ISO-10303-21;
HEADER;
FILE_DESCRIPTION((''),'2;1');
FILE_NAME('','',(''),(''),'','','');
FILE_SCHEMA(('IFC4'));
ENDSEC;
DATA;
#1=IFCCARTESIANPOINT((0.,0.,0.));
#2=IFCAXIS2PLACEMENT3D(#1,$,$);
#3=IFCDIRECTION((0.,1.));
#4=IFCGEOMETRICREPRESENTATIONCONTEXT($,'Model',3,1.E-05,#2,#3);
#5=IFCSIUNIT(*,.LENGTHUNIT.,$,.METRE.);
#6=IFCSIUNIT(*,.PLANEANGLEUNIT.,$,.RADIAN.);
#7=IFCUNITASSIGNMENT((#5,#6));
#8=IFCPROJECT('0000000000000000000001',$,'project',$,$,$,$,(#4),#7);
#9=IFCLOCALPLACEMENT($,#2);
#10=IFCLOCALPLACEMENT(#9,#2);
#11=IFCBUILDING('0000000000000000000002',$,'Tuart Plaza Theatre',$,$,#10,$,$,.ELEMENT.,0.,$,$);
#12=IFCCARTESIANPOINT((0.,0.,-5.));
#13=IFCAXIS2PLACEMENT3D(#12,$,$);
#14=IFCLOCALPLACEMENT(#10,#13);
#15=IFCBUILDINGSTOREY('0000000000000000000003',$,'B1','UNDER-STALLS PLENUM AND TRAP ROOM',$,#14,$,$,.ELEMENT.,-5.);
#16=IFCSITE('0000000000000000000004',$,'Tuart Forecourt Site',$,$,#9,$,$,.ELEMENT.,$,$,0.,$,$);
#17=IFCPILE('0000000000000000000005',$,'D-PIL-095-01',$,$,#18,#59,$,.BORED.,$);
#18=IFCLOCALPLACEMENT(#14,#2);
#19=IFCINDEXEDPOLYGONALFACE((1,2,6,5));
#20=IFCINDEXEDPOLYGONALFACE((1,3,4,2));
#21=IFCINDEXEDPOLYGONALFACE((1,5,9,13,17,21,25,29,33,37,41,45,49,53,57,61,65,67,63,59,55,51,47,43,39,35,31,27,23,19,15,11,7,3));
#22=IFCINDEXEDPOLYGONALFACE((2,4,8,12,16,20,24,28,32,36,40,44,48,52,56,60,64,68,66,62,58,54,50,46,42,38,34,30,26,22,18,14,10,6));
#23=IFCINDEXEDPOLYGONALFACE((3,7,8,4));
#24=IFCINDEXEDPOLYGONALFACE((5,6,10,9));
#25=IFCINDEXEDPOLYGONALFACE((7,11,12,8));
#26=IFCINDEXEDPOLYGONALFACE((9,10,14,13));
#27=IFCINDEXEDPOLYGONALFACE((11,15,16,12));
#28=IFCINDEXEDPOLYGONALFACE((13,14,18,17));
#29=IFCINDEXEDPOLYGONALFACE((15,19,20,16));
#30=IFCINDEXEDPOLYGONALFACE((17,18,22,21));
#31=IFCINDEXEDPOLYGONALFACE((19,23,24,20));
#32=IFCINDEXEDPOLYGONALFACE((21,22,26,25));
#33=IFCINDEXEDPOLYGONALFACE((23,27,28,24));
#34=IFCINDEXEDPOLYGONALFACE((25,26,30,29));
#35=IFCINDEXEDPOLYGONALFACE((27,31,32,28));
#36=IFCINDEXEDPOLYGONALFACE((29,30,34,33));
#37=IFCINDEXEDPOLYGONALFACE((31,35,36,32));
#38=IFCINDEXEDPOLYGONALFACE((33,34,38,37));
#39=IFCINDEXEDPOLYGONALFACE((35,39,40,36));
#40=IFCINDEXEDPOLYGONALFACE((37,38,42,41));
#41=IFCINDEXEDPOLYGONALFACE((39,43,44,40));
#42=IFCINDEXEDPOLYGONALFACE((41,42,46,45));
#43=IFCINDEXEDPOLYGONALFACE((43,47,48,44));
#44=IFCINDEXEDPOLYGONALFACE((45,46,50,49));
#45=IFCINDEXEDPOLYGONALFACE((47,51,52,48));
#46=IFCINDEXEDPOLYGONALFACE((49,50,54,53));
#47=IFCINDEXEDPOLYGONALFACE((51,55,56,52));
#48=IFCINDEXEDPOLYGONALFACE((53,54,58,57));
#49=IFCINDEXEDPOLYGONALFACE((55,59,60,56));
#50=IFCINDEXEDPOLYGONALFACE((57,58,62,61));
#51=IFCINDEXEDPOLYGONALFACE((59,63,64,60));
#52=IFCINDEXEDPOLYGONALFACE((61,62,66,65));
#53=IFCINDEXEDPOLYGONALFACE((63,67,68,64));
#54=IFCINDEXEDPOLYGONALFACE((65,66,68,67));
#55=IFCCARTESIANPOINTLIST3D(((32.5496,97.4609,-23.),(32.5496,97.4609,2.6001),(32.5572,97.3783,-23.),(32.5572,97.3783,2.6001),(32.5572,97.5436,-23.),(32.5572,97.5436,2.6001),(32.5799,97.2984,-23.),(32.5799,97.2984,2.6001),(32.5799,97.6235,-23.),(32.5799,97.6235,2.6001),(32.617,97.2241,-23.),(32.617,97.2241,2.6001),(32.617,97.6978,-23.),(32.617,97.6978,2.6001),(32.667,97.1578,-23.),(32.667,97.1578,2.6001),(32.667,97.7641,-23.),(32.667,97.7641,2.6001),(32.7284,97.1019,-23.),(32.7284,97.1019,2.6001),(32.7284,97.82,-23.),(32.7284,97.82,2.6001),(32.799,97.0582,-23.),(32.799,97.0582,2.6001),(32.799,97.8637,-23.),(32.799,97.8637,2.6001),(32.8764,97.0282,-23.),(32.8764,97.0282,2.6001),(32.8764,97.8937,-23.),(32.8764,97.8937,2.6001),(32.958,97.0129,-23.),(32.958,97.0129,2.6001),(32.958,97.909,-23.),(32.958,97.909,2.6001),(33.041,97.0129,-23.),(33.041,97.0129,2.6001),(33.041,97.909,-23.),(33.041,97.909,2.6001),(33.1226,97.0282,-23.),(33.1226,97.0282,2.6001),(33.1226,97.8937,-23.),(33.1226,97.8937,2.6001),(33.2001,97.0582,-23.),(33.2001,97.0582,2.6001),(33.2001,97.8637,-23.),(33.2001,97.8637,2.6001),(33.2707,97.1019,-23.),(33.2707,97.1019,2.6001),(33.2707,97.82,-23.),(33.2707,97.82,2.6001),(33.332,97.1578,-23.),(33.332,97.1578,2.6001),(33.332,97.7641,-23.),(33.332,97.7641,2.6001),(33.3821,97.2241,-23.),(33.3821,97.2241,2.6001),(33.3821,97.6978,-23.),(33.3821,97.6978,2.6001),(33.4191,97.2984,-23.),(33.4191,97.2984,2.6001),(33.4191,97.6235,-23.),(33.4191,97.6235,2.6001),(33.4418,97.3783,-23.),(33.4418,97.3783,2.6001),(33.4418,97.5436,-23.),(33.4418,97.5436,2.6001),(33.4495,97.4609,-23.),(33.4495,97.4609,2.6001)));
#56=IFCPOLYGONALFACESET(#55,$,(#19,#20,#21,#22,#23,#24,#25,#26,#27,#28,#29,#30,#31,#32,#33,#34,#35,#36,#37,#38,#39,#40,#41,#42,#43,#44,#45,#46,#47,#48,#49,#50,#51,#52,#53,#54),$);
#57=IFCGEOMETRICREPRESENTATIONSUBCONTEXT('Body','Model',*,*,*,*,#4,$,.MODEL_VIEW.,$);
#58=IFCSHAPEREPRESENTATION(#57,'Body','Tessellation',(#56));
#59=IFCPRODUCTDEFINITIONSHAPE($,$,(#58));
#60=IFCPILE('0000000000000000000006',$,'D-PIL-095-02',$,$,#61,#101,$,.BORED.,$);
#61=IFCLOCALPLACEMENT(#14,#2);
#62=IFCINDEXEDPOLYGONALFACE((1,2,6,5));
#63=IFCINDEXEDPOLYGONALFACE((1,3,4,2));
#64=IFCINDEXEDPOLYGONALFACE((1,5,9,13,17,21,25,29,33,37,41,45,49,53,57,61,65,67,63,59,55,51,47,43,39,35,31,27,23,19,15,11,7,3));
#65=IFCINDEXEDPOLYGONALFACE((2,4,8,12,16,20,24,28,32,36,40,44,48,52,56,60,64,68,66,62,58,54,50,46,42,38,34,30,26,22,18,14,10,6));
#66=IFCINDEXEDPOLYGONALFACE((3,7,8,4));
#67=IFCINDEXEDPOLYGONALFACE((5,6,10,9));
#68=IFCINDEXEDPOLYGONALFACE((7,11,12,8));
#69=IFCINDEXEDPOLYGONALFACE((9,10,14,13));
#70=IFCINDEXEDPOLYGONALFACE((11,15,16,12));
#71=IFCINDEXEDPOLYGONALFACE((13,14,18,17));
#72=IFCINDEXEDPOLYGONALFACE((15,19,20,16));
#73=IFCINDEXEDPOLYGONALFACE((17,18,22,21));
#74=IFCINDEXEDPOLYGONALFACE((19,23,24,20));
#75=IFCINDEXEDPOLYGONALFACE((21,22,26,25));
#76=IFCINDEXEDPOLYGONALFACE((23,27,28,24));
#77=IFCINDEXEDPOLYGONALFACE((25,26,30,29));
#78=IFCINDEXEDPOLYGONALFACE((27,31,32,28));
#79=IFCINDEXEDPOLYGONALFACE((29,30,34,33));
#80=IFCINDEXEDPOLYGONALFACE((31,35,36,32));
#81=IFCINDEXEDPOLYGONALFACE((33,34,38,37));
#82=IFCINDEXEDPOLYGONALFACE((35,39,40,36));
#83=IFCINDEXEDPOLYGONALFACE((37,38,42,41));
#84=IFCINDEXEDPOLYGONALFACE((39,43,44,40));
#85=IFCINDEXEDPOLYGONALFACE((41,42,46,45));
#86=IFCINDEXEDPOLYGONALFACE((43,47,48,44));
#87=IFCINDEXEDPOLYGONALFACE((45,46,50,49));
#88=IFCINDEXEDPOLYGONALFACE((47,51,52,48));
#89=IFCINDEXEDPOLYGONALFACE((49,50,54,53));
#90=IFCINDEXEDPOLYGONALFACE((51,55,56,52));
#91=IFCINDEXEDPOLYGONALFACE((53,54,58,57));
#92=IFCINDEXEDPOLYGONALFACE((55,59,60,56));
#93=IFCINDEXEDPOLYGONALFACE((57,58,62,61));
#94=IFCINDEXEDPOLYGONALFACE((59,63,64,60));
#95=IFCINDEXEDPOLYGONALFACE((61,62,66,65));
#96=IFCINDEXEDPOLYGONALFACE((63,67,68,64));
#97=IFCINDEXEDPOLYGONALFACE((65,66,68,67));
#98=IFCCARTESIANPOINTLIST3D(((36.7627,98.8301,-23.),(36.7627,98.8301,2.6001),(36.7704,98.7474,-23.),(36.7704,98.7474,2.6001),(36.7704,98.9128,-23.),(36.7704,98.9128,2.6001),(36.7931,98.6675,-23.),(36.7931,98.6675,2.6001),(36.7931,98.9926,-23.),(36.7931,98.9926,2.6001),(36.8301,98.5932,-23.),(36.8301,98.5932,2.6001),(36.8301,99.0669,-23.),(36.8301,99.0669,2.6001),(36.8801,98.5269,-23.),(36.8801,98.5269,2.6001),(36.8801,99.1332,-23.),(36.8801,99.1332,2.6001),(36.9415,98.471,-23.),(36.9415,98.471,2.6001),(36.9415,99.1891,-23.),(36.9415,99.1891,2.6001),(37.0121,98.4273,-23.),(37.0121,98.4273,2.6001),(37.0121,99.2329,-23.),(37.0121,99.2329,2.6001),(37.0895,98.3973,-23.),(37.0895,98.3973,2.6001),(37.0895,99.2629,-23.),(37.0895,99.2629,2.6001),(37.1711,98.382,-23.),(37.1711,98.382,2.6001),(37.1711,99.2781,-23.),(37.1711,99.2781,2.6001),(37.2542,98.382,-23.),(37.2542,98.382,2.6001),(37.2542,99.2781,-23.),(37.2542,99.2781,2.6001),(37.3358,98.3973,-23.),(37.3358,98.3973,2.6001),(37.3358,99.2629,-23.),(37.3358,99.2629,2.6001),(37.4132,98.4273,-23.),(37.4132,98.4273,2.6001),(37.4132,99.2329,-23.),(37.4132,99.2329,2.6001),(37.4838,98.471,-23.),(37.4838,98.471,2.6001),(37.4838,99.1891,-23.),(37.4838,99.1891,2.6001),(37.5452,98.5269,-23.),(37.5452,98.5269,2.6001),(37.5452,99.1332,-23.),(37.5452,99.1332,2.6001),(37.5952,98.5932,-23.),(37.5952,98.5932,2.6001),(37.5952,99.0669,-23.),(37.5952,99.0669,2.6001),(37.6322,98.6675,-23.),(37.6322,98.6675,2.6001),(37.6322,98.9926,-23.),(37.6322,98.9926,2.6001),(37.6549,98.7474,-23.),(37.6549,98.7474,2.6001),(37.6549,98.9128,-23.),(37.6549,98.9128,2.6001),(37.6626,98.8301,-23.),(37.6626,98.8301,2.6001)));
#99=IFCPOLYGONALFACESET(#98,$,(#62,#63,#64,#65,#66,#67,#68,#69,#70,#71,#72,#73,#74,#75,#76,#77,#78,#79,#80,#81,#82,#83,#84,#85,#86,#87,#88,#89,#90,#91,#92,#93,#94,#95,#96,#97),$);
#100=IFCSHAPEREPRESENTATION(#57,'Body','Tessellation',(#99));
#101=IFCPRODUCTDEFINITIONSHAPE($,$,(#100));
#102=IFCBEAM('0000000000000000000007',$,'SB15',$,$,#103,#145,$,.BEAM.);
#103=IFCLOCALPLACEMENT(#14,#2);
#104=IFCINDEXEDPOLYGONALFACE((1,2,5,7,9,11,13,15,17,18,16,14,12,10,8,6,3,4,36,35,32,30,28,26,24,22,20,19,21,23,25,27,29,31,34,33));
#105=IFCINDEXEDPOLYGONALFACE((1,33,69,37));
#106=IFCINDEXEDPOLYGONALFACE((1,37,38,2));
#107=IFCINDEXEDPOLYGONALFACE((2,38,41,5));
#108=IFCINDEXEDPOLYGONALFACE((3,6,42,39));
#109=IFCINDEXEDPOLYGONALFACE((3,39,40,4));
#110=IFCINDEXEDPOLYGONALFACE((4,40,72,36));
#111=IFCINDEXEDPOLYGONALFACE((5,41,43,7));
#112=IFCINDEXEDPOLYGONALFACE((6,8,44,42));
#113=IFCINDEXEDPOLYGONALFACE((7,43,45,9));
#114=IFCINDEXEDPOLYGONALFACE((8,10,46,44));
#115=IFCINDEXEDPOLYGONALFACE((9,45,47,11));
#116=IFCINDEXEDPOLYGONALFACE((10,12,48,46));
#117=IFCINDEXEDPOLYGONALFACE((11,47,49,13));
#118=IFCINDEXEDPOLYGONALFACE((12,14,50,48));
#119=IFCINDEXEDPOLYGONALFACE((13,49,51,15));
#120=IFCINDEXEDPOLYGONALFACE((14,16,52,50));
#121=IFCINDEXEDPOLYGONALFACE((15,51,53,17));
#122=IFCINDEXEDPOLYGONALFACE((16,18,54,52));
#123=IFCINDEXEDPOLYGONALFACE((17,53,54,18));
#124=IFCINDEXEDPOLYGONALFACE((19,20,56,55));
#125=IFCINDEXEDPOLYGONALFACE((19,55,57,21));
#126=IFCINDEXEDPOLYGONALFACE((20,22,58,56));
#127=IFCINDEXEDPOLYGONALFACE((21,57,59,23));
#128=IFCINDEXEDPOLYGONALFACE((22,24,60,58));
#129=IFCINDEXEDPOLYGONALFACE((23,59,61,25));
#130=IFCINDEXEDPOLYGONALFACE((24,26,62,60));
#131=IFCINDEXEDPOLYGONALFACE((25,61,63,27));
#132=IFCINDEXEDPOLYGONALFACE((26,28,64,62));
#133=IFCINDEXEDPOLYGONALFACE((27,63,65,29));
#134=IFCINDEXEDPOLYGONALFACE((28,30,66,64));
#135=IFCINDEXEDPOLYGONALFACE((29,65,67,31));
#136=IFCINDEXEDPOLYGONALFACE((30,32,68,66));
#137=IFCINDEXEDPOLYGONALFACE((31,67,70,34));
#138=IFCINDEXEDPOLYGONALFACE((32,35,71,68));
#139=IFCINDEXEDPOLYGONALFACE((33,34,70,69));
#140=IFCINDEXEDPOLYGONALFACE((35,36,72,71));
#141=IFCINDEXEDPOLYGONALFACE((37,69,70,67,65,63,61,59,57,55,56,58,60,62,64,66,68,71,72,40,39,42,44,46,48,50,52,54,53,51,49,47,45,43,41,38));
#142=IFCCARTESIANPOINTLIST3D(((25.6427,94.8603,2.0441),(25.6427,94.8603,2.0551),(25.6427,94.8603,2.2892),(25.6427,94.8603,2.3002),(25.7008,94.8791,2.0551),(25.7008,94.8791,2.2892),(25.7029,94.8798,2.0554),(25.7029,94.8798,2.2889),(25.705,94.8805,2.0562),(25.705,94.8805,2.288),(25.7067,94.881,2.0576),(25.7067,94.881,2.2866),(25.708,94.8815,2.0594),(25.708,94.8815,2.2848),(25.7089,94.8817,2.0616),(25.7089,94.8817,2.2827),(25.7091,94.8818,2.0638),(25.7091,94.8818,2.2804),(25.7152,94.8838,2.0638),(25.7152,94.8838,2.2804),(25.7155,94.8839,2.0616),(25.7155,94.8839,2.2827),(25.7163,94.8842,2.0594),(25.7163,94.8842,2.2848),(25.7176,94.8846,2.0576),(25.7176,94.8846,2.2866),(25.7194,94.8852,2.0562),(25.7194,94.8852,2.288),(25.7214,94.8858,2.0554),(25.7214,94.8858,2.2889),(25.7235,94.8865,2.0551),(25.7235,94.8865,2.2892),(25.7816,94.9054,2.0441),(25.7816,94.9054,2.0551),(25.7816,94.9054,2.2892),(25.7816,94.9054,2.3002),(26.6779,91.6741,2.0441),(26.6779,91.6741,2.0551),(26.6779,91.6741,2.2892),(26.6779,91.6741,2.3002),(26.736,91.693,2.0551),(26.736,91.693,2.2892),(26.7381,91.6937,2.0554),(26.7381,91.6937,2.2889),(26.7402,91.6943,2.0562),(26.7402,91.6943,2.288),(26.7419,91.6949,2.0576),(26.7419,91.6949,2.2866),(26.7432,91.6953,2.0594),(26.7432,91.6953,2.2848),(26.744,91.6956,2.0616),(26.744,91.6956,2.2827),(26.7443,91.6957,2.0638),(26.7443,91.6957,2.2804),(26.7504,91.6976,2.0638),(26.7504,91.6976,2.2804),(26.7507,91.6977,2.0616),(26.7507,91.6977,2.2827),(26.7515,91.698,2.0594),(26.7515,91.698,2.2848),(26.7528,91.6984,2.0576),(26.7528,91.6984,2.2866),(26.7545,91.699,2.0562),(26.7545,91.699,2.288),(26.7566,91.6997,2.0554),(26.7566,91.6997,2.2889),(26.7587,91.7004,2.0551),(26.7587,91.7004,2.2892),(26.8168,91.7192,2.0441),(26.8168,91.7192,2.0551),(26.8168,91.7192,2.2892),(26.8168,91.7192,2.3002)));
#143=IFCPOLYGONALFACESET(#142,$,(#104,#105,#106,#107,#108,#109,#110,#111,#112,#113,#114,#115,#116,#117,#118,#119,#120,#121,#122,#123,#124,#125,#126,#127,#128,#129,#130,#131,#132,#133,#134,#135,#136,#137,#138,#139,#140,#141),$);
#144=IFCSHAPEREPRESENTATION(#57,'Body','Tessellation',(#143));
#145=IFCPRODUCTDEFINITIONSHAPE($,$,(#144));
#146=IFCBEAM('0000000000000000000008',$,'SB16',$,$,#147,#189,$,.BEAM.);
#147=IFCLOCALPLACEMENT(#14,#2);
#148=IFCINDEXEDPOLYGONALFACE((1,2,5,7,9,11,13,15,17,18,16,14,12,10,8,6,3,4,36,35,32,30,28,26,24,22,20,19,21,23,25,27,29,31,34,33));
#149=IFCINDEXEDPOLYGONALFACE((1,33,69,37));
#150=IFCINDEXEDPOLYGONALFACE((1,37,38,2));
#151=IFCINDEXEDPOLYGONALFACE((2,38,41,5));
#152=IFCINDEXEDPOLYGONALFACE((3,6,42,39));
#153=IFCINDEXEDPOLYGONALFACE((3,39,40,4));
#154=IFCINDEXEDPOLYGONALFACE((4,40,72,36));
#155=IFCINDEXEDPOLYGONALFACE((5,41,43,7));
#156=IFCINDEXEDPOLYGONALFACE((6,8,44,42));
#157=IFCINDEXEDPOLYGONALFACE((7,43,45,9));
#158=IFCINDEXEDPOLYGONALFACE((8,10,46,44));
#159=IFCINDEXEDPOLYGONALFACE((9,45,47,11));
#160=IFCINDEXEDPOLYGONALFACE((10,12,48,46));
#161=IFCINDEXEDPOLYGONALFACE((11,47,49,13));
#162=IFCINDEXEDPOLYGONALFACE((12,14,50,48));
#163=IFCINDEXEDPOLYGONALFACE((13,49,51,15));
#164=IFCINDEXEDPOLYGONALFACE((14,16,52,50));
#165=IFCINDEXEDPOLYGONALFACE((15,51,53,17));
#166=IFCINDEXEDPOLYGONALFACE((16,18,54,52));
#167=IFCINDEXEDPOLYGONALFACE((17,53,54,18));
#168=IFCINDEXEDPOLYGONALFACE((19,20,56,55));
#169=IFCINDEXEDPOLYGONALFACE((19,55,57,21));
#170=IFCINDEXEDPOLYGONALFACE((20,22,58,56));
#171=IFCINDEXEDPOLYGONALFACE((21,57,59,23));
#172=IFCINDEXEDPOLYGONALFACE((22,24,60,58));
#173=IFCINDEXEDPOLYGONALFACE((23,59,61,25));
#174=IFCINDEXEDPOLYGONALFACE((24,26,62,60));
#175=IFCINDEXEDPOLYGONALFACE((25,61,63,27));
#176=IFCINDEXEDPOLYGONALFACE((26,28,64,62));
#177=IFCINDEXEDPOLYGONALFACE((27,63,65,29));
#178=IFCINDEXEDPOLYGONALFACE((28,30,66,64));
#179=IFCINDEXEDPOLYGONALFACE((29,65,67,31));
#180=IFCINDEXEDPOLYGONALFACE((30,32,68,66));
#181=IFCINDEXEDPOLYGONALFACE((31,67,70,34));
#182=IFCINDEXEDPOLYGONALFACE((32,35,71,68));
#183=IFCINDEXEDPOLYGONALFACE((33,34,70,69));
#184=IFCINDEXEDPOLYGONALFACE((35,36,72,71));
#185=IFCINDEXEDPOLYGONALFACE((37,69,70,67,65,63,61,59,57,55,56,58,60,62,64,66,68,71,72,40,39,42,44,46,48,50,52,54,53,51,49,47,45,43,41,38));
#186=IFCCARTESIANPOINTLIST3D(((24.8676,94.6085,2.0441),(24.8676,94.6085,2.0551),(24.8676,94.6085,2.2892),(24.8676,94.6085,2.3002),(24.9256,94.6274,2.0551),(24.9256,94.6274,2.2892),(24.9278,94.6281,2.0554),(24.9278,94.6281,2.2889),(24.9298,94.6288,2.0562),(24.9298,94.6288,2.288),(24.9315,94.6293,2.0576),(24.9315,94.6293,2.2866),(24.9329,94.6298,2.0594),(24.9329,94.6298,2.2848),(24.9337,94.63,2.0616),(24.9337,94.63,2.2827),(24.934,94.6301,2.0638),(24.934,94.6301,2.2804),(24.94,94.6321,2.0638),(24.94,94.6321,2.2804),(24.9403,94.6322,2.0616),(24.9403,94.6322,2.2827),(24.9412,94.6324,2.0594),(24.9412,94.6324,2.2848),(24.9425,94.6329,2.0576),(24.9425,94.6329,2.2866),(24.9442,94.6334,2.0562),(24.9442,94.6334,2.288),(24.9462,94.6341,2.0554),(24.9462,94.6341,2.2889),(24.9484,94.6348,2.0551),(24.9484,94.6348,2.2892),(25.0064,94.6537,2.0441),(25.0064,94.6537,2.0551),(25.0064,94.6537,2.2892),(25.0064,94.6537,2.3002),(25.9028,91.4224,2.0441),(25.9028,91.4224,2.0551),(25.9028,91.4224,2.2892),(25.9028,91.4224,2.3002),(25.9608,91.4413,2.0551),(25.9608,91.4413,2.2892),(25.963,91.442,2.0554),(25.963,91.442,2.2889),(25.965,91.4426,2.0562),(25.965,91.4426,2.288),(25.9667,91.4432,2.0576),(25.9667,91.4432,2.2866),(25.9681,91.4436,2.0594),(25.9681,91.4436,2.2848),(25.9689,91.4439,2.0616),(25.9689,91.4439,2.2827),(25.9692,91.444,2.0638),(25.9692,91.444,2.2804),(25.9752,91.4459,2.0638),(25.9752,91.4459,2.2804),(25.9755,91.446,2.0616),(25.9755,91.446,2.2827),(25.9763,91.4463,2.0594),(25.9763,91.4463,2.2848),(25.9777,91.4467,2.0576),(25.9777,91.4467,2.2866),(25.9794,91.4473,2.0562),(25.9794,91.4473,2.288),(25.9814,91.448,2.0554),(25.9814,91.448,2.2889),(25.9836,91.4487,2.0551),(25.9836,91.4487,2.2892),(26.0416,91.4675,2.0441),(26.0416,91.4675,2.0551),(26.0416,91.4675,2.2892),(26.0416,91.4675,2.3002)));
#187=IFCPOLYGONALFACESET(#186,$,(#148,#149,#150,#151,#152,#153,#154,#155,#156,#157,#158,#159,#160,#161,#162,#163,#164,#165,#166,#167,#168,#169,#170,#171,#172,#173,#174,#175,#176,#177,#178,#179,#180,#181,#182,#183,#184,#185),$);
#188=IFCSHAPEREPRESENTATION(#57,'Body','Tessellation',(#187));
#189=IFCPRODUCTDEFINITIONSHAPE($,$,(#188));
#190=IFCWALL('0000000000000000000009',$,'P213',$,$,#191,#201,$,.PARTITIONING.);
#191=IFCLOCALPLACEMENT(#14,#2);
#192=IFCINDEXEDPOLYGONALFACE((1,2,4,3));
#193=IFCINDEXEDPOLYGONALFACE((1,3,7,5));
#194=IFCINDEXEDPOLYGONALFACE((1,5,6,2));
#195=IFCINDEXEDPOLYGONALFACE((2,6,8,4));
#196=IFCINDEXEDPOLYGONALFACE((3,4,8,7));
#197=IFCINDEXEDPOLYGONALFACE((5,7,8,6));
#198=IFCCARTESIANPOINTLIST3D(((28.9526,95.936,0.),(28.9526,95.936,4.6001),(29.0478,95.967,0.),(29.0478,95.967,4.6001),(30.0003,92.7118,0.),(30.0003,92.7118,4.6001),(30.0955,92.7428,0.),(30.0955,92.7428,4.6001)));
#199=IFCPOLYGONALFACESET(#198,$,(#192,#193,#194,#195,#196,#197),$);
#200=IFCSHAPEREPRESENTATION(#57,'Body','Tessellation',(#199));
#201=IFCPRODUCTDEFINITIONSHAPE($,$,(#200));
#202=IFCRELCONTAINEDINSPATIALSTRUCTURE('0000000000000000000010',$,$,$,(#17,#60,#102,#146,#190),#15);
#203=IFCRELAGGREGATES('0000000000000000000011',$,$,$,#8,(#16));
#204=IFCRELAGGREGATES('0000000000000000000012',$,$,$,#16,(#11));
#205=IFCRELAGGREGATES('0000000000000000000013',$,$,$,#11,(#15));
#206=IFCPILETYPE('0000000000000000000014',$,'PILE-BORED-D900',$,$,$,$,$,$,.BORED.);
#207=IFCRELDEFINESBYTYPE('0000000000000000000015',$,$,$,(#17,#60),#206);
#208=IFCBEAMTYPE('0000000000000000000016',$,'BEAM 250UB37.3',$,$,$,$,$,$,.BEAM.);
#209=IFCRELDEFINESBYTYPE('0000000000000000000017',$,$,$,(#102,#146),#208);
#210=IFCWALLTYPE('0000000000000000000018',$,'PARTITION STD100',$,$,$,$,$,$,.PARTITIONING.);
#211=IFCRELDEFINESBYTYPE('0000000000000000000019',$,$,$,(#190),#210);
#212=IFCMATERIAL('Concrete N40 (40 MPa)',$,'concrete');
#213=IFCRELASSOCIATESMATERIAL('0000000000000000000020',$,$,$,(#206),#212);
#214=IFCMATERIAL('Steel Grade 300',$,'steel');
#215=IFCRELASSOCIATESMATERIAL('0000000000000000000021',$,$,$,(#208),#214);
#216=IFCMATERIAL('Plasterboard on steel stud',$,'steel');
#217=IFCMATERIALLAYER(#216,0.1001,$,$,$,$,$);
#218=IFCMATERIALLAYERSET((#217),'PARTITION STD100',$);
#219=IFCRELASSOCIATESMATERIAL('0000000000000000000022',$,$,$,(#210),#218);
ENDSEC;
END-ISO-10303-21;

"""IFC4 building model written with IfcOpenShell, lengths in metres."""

from ifc_helpers import new_model, si_unit, direction, frame, frame_2d, origin, origin_2d, place, context, subcontext, project, spatial, rectangle, circle, i_section, extrude, material, layer, layer_set, material_profile, profile_set, type_object, element, save


model = new_model("IFC4")

# Units and contexts
model_context = context("Model", 3, precision=1e-05, world=origin(), true_north=direction((0.0, 1.0)))
body_context = subcontext(model_context, "Body", "Model", "MODEL_VIEW")
ifc_project = project(units=[si_unit("LENGTHUNIT", "METRE"), si_unit("PLANEANGLEUNIT", "RADIAN")], contexts=[model_context])

# Site, building, storey
site_placement = place(None, origin())
site = spatial("IfcSite", under=ifc_project, at=site_placement, Name="Tuart Forecourt Site", CompositionType="ELEMENT", RefElevation=0.0)
building_placement = place(site_placement, origin())
building = spatial("IfcBuilding", under=site, at=building_placement, Name="Tuart Plaza Theatre", CompositionType="ELEMENT", ElevationOfRefHeight=0.0)
storey_placement = place(building_placement, frame((0.0, 0.0, -5.0)))
storey = spatial("IfcBuildingStorey", under=building, at=storey_placement, Name="B1", Description="UNDER-STALLS PLENUM AND TRAP ROOM", CompositionType="ELEMENT", Elevation=-5.0)

# Piles
ifc_material_1 = material(Name="Concrete N40 (40 MPa)", Category="concrete")
ifc_material_profile_1 = material_profile(ifc_material_1, circle(Radius=0.45, at=origin_2d()), Name="PILE-BORED-D900")
ifc_profile_set_1 = profile_set([ifc_material_profile_1], Name="Concrete N40 (40 MPa)")
pile_type = type_object("IfcPileType", Name="PILE-BORED-D900", PredefinedType="BORED", material=ifc_profile_set_1)
for number, where, z_axis, x_axis, name in (
    (1, (32.9995, 97.4609, 2.6001), (0.0, 0.0, -1.0), (1.0, 0.0, 0.0), "D-PIL-095-01"),
    (2, (37.2126, 98.8301, 2.6001), (0.0, 0.0, -1.0), (1.0, 0.0, 0.0), "D-PIL-095-02"),
):
    element("IfcPile", number, at=place(storey_placement, frame(where, z_axis=z_axis, x_axis=x_axis)), inside=storey, type_object=pile_type, Name=name, PredefinedType="BORED", context=body_context, shape_type="SweptSolid", body=[
        extrude(circle(Radius=0.45, at=origin_2d()), origin(), (0.0, 0.0, 1.0), 25.6001),
    ])

# Beams
ifc_material_2 = material(Name="Steel Grade 300", Category="steel")
ifc_material_profile_2 = material_profile(ifc_material_2, i_section(OverallWidth=0.146, OverallDepth=0.2561, WebThickness=0.0063, FlangeThickness=0.011, FilletRadius=0.0088, at=origin_2d()), Name="250UB37.3")
ifc_profile_set_2 = profile_set([ifc_material_profile_2], Name="Steel Grade 300")
beam_type = type_object("IfcBeamType", Name="BEAM 250UB37.3", PredefinedType="BEAM", material=ifc_profile_set_2)
for number, where, z_axis, x_axis, name in (
    (3, (25.7122, 94.8828, 2.1721), (0.309004, -0.951061, 0.0), (0.951061, 0.309004, 0.0), "SB15"),
    (4, (24.937, 94.6311, 2.1721), (0.309004, -0.951061, 0.0), (0.951061, 0.309004, 0.0), "SB16"),
):
    element("IfcBeam", number, at=place(storey_placement, frame(where, z_axis=z_axis, x_axis=x_axis)), inside=storey, type_object=beam_type, Name=name, PredefinedType="BEAM", context=body_context, shape_type="SweptSolid", body=[
        extrude(i_section(OverallWidth=0.146, OverallDepth=0.2561, WebThickness=0.0063, FlangeThickness=0.011, FilletRadius=0.0088, at=origin_2d()), origin(), (0.0, 0.0, 1.0), 3.3501),
    ])

# Wall
ifc_material_3 = material(Name="Plasterboard on steel stud", Category="steel")
ifc_layer_1 = layer(ifc_material_3, 0.1001)
ifc_layer_set_1 = layer_set([ifc_layer_1], Name="PARTITION STD100")
wall_type_1 = type_object("IfcWallType", Name="PARTITION STD100", PredefinedType="PARTITIONING", material=ifc_layer_set_1)
wall_1_placement = place(storey_placement, frame((30.0479, 92.7273, 0.0), z_axis=(0.0, 0.0, 1.0), x_axis=(-0.309024, 0.951054, 0.0)))
element("IfcWall", 5, at=wall_1_placement, inside=storey, type_object=wall_type_1, Name="P213", PredefinedType="PARTITIONING", context=body_context, shape_type="SweptSolid", body=[
    extrude(rectangle(XDim=3.3901, YDim=0.1001, at=frame_2d((1.6951, 0.0))), origin(), (0.0, 0.0, 1.0), 4.6001),
])

save(model, "model.ifc")
